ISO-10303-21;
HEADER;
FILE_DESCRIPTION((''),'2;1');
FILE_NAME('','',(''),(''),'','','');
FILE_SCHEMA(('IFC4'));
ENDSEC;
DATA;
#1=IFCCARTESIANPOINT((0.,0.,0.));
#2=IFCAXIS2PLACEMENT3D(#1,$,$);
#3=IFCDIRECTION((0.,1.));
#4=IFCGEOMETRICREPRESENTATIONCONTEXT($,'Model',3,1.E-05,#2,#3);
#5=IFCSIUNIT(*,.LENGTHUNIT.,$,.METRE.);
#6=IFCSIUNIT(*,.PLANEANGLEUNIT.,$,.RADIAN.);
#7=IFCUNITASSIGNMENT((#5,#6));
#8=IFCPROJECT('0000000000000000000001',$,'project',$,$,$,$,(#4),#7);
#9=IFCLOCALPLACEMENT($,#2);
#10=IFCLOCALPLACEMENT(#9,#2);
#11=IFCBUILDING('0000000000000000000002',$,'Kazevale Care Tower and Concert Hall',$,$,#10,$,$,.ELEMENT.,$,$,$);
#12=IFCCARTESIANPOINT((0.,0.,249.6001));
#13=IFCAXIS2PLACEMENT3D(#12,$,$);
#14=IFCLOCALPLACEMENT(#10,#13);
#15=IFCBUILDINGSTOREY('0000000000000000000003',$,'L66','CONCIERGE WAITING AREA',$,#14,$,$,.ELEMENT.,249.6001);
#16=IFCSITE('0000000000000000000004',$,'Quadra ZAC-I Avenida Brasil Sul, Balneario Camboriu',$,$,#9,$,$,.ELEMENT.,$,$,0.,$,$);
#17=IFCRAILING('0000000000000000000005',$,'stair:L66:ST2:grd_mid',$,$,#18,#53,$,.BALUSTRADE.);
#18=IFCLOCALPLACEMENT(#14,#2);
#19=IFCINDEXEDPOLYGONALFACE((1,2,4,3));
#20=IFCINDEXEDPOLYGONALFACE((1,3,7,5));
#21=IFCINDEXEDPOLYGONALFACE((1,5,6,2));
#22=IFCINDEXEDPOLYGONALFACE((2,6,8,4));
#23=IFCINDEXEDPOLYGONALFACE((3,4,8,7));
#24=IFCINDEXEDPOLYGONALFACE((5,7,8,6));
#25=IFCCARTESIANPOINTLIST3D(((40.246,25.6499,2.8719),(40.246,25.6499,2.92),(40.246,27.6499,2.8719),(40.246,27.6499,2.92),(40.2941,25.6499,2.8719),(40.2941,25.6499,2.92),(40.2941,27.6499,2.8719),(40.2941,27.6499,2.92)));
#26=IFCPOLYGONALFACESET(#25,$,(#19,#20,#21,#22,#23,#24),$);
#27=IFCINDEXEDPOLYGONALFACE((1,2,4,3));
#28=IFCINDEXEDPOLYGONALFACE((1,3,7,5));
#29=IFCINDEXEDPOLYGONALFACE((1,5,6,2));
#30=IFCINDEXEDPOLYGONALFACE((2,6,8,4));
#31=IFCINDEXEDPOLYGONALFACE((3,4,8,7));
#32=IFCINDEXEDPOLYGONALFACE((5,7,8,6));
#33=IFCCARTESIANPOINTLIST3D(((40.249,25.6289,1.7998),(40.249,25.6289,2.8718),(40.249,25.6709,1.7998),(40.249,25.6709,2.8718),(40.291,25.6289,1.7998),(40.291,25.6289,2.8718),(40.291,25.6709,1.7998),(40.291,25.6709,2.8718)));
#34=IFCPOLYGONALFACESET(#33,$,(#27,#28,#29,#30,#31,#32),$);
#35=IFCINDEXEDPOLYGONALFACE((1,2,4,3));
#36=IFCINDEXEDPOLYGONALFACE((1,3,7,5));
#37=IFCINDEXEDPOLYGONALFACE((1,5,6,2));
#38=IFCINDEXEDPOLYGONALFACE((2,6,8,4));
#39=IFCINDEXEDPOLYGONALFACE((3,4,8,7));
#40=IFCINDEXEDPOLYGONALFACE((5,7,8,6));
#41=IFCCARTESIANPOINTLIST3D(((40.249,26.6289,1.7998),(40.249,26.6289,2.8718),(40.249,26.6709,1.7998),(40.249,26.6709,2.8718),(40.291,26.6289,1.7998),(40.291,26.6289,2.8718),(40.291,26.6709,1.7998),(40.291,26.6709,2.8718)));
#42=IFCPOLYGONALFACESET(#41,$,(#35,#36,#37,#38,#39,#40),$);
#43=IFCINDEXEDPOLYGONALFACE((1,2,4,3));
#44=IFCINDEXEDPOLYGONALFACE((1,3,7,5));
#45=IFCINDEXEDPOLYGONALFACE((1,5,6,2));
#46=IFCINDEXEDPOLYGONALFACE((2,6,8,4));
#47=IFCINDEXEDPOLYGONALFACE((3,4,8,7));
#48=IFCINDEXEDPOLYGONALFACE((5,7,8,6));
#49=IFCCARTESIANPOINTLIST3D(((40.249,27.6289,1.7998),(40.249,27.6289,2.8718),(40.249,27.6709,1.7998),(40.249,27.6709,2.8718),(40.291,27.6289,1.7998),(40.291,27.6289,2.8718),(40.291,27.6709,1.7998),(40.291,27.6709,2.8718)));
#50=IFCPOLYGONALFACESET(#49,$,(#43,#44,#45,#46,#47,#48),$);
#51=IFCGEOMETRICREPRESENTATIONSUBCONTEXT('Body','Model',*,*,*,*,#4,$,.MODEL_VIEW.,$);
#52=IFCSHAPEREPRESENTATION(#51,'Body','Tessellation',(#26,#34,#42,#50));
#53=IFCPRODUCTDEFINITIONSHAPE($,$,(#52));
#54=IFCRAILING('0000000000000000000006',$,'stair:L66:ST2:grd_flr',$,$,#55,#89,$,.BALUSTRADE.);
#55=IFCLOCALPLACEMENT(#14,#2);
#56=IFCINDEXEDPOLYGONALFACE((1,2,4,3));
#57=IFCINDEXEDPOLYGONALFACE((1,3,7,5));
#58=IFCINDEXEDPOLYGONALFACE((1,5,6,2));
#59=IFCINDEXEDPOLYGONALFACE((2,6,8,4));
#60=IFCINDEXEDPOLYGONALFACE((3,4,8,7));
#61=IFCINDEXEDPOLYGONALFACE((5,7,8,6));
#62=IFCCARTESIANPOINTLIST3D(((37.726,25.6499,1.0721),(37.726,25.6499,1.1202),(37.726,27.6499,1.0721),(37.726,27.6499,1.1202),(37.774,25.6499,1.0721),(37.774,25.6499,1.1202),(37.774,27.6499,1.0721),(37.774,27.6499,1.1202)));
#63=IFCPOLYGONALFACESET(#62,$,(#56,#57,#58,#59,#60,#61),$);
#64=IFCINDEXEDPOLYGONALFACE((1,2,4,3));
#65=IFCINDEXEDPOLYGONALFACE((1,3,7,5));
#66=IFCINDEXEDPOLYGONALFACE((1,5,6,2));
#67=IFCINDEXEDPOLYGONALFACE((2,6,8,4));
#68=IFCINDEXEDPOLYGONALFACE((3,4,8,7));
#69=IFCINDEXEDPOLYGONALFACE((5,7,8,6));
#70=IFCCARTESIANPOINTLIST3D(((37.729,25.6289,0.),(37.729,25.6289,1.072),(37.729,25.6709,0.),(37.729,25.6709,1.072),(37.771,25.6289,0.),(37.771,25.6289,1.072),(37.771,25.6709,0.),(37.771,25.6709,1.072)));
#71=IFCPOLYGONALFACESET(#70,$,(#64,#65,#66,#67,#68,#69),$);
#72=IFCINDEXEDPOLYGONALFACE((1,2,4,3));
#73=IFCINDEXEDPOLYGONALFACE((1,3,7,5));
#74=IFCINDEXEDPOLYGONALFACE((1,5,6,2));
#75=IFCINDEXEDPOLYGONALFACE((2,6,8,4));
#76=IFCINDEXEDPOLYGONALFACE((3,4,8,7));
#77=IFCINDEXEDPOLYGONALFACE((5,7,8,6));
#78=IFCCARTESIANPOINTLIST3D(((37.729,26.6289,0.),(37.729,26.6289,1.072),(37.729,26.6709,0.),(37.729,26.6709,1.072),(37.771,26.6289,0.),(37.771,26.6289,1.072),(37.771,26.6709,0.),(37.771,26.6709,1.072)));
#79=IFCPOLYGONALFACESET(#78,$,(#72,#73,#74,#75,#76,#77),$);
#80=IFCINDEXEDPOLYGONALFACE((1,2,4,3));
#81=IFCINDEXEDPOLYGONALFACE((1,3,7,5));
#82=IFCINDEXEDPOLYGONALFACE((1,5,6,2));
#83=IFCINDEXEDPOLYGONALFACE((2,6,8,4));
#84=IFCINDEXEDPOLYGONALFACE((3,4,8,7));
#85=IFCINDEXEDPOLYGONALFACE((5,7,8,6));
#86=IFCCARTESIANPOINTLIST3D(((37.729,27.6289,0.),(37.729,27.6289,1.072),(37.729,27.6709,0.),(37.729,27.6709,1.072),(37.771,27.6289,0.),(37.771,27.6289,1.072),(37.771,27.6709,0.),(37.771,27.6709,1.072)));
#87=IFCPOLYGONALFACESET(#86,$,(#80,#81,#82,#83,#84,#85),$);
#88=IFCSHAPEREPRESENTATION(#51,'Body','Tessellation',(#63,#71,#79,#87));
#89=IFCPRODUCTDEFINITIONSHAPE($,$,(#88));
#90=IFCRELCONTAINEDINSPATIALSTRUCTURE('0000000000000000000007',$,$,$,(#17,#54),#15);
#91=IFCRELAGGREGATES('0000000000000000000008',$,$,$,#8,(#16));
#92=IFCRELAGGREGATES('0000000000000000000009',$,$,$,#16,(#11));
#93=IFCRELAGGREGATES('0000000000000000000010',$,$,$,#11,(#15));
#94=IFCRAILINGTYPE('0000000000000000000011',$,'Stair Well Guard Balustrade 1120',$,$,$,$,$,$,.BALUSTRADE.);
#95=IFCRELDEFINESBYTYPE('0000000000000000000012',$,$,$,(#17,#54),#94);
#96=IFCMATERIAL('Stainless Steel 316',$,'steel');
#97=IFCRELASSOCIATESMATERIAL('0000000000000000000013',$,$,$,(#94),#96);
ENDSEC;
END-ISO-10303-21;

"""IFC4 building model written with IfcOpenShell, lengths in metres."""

from ifc_helpers import new_model, si_unit, direction, frame, origin, origin_2d, place, context, subcontext, project, spatial, rectangle, extrude, material, type_object, element, save


model = new_model("IFC4")

# Units and contexts
model_context = context("Model", 3, precision=1e-05, world=origin(), true_north=direction((0.0, 1.0)))
body_context = subcontext(model_context, "Body", "Model", "MODEL_VIEW")
ifc_project = project(units=[si_unit("LENGTHUNIT", "METRE"), si_unit("PLANEANGLEUNIT", "RADIAN")], contexts=[model_context])

# Site, building, storey
site_placement = place(None, origin())
site = spatial("IfcSite", under=ifc_project, at=site_placement, Name="Quadra ZAC-I Avenida Brasil Sul, Balneario Camboriu", CompositionType="ELEMENT", RefElevation=0.0)
building_placement = place(site_placement, origin())
building = spatial("IfcBuilding", under=site, at=building_placement, Name="Kazevale Care Tower and Concert Hall", CompositionType="ELEMENT")
storey_placement = place(building_placement, frame((0.0, 0.0, 249.6001)))
storey = spatial("IfcBuildingStorey", under=building, at=storey_placement, Name="L66", Description="CONCIERGE WAITING AREA", CompositionType="ELEMENT", Elevation=249.6001)

# Railings
ifc_material_1 = material(Name="Stainless Steel 316", Category="steel")
railing_type_1 = type_object("IfcRailingType", Name="Stair Well Guard Balustrade 1120", PredefinedType="BALUSTRADE", material=ifc_material_1)
for number, where, name in (
    (1, (40.27, 25.6499, 1.7998), "stair:L66:ST2:grd_mid"),
    (2, (37.75, 25.6499, 0.0), "stair:L66:ST2:grd_flr"),
):
    element("IfcRailing", number, at=place(storey_placement, frame(where)), inside=storey, type_object=railing_type_1, Name=name, PredefinedType="BALUSTRADE", context=body_context, shape_type="SweptSolid", body=[
        extrude(rectangle(XDim=0.0481, YDim=0.0481, at=origin_2d()), frame((0.0, 0.0, 1.0962), z_axis=(0.0, 1.0, 0.0), x_axis=(-1.0, 0.0, 0.0)), (0.0, 0.0, 1.0), 2.0),
        extrude(rectangle(XDim=0.042, YDim=0.042, at=origin_2d()), origin(), (0.0, 0.0, 1.0), 1.072),
        extrude(rectangle(XDim=0.042, YDim=0.042, at=origin_2d()), frame((0.0, 1.0, 0.0)), (0.0, 0.0, 1.0), 1.072),
        extrude(rectangle(XDim=0.042, YDim=0.042, at=origin_2d()), frame((0.0, 2.0, 0.0)), (0.0, 0.0, 1.0), 1.072),
    ])

save(model, "model.ifc")
